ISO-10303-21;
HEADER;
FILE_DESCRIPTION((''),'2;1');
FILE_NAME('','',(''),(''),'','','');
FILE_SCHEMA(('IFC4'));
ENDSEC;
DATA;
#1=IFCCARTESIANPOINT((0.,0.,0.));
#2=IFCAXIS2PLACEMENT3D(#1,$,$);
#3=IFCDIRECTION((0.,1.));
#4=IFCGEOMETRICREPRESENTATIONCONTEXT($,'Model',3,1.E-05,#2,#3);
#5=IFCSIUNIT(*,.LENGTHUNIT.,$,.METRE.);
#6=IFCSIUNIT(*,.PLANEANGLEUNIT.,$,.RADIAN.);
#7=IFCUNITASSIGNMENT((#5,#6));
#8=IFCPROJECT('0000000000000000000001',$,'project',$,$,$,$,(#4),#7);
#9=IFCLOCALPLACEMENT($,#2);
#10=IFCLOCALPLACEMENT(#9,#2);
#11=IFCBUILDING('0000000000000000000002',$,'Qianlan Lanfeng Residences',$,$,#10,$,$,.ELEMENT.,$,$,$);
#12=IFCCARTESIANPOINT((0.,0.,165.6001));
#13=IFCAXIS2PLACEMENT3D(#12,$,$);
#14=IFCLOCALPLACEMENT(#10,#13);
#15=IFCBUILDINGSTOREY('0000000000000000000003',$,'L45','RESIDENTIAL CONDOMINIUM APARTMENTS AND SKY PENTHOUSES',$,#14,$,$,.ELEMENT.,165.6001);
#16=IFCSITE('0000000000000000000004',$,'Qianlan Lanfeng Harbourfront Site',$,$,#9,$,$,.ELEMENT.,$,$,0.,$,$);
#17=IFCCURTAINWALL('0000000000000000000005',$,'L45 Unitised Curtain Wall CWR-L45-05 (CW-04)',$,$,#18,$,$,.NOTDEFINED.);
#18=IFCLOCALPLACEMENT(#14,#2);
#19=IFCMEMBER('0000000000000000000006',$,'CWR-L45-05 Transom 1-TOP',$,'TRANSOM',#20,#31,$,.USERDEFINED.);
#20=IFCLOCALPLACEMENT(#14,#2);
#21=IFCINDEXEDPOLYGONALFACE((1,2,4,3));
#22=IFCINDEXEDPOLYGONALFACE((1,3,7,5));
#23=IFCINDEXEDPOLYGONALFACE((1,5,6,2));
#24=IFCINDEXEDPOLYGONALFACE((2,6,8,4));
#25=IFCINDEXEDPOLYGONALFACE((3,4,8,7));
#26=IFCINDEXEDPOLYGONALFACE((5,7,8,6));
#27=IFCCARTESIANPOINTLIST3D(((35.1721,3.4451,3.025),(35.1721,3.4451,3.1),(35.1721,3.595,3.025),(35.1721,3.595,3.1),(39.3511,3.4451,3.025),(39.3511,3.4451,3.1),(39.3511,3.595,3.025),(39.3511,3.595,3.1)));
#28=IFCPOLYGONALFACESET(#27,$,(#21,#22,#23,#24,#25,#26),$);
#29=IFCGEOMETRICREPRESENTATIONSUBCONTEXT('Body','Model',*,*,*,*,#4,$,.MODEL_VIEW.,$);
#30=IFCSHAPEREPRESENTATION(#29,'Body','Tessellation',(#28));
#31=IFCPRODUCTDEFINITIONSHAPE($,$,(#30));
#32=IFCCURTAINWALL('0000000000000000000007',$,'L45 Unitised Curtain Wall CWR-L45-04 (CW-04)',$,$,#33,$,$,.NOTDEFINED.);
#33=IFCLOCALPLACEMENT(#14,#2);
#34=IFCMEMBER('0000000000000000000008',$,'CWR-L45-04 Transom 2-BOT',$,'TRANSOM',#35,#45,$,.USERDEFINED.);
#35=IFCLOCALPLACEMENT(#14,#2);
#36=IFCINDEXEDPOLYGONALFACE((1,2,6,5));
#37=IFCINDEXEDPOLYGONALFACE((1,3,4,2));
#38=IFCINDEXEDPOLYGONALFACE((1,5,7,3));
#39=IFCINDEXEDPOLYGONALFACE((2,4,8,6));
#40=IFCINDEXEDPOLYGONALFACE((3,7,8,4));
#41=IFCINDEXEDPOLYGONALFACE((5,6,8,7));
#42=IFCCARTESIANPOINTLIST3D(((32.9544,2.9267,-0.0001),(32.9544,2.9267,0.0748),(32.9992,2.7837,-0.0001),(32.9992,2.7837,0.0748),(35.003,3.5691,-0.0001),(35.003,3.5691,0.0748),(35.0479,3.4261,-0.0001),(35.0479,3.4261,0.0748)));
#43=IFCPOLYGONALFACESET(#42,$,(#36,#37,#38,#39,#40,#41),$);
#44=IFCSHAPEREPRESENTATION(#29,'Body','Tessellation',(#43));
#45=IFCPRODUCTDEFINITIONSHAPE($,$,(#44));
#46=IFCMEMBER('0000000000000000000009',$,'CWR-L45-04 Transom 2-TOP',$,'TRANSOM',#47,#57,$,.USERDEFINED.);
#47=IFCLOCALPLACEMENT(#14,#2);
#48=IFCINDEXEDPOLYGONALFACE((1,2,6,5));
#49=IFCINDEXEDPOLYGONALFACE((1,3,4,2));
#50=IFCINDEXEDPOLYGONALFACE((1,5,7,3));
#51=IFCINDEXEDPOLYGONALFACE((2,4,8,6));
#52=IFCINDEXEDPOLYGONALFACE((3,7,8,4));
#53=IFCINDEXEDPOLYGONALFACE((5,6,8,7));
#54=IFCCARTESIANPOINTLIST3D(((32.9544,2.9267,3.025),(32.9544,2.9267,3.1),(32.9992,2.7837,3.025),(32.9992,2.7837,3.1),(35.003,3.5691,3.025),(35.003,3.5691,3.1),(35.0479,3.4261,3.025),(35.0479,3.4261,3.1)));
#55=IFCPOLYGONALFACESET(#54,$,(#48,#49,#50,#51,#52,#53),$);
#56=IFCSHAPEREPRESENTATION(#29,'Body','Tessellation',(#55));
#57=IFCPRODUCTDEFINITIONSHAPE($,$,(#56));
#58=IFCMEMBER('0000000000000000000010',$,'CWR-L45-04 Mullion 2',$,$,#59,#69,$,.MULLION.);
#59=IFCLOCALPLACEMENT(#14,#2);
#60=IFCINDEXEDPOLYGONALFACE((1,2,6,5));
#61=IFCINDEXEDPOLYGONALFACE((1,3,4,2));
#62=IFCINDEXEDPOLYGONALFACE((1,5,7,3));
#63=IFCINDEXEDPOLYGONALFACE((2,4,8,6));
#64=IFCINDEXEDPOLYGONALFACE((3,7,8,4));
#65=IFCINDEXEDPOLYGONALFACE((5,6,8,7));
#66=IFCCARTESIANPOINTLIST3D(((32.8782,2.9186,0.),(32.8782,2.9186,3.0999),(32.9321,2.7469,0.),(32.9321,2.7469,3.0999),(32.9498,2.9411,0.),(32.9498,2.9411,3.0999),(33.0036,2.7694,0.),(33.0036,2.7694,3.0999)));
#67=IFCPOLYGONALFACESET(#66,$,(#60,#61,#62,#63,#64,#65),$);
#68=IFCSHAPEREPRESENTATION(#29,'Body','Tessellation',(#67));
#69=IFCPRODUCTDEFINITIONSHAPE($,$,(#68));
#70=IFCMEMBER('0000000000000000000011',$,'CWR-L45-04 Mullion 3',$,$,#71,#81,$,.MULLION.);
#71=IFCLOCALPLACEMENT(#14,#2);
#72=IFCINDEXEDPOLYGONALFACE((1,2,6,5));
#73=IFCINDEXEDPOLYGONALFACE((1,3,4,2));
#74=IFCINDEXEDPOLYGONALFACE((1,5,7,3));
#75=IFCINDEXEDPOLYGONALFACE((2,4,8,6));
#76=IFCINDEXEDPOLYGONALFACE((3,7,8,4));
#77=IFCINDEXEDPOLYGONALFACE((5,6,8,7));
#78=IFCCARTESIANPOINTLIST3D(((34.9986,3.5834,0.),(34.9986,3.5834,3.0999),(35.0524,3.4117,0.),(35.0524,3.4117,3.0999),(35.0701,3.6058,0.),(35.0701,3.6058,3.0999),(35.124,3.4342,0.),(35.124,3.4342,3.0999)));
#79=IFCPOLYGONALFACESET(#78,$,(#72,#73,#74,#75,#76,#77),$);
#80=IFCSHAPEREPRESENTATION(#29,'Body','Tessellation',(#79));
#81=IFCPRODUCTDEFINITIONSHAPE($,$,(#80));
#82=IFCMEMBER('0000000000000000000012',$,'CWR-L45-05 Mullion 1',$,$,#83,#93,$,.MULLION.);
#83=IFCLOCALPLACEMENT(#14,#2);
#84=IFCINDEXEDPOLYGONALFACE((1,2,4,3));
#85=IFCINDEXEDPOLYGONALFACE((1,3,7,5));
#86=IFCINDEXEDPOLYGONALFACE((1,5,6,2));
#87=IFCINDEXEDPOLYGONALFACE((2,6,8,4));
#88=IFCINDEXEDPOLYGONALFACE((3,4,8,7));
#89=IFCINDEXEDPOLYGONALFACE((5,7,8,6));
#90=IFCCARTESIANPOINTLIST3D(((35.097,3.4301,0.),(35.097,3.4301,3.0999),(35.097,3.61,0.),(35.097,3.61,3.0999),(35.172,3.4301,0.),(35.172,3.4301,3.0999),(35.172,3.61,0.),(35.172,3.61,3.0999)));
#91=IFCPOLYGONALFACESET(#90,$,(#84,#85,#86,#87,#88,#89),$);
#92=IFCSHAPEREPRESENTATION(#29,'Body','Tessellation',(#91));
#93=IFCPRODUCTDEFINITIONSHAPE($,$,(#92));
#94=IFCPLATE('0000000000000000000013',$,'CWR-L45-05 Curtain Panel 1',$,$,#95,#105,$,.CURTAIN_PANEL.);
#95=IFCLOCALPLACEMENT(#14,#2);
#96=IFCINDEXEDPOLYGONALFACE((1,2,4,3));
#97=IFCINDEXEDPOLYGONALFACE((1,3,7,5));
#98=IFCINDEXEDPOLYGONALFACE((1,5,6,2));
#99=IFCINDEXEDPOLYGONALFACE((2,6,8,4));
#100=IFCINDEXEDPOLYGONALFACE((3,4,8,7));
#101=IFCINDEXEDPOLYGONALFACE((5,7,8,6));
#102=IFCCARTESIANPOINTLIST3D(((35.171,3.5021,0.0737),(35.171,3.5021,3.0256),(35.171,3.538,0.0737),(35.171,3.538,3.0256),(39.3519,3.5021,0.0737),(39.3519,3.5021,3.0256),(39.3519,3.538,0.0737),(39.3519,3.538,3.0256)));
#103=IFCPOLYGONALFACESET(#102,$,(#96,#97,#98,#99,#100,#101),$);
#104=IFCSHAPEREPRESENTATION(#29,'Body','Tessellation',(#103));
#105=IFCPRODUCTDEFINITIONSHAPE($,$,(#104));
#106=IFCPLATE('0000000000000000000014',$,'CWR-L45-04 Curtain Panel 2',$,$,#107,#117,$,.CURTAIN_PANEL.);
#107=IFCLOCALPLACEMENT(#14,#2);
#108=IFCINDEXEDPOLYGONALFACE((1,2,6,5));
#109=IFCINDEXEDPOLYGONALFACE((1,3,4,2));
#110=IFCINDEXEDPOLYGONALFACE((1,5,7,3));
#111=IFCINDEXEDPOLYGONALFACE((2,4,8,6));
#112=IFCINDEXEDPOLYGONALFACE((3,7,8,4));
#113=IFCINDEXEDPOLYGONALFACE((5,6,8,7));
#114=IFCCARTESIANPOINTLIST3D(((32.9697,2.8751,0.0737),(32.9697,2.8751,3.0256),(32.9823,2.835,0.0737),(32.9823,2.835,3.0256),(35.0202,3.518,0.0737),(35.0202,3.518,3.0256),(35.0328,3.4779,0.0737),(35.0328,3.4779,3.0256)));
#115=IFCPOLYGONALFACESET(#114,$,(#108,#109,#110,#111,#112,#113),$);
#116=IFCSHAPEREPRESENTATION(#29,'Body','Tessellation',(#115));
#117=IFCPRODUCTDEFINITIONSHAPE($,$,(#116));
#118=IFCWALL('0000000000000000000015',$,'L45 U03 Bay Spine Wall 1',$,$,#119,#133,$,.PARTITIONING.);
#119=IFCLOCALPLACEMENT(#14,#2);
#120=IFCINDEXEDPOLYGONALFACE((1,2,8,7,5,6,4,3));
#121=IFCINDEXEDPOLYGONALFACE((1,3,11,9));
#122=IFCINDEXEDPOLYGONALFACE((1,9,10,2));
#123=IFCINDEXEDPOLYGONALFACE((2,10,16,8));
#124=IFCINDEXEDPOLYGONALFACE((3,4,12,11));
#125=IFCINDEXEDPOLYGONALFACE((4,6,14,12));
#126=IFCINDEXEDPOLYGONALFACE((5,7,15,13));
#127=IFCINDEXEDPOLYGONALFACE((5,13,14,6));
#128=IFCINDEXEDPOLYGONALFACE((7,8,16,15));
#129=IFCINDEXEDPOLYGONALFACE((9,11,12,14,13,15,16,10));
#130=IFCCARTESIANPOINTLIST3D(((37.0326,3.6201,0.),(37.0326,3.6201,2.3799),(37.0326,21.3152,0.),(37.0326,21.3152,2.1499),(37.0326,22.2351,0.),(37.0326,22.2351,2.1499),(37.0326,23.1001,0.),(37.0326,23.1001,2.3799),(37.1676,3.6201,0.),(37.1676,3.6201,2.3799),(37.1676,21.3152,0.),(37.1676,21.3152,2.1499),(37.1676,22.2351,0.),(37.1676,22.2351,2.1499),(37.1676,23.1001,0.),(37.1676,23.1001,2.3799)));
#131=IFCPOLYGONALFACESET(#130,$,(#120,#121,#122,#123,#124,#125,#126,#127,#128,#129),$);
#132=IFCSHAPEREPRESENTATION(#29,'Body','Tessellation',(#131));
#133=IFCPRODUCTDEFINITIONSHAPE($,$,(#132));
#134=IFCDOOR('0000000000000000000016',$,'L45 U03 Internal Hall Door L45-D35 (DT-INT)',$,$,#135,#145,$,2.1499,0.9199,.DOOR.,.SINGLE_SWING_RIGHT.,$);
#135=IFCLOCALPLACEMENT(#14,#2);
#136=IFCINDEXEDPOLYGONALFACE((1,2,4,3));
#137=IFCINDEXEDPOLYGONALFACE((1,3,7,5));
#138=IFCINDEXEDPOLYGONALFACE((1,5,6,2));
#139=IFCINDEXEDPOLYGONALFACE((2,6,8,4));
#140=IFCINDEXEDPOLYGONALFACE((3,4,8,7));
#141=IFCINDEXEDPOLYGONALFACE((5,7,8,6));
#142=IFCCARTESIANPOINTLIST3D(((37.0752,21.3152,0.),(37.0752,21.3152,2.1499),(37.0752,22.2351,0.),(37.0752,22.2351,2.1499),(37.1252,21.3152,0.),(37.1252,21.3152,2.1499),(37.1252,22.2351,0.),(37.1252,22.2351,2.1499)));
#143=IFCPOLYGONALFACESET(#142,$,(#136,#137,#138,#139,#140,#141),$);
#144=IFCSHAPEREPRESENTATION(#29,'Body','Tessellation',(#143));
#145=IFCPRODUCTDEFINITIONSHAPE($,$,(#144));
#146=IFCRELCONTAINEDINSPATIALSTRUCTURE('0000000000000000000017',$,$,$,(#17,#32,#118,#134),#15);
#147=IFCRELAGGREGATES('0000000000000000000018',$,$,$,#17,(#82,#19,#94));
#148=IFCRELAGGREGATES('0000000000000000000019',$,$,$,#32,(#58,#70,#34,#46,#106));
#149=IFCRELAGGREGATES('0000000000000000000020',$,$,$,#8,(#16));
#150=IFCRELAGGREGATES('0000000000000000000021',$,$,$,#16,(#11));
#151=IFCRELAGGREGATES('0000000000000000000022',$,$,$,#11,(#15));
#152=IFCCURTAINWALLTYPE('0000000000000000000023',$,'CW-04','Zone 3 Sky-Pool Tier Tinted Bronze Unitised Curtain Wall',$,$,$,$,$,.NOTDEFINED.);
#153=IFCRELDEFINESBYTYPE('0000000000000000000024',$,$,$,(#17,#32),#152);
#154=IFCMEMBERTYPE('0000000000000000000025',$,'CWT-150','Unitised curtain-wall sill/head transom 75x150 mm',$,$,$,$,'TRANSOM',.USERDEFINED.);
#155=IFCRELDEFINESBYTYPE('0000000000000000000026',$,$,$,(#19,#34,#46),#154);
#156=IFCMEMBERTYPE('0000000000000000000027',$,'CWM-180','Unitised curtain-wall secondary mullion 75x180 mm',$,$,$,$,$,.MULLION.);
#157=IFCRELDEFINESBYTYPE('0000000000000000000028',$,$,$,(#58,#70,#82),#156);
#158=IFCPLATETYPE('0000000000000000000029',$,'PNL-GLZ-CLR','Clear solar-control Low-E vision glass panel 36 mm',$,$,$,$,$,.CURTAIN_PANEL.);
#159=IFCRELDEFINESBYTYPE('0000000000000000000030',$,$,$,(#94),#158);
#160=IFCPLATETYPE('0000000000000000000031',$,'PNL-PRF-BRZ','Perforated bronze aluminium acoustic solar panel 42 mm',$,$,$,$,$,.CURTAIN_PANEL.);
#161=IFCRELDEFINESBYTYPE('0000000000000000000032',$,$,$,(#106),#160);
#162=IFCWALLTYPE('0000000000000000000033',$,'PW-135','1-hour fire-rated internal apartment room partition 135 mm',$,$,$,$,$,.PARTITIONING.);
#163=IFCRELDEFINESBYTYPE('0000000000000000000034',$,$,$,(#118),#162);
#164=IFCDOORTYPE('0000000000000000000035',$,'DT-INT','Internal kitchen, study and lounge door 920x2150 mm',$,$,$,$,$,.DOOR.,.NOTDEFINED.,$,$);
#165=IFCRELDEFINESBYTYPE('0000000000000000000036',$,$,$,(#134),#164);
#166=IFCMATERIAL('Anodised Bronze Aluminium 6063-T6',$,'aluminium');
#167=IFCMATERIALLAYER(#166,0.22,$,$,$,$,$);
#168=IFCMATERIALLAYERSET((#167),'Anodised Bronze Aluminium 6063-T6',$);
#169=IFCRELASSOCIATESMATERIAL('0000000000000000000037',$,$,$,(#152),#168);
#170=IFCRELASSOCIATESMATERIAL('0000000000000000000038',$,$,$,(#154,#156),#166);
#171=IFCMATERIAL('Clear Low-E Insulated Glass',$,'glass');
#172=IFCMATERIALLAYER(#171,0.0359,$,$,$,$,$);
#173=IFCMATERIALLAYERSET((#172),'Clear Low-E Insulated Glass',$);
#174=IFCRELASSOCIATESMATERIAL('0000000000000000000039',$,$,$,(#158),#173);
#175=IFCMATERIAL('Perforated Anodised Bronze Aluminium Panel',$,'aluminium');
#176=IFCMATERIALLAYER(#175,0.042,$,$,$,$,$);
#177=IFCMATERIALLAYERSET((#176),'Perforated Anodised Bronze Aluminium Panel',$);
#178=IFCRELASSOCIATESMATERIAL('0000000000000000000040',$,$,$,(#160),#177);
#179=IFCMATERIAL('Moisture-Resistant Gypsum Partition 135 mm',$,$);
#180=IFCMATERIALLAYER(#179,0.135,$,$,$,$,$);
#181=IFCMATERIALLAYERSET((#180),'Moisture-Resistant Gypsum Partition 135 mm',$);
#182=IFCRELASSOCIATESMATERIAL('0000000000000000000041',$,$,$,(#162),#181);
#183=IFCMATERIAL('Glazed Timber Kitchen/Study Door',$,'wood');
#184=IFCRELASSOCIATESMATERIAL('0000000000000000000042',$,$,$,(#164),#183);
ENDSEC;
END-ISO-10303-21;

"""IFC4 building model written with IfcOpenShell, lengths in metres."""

from ifc_helpers import new_model, si_unit, direction, frame, frame_2d, origin, origin_2d, place, context, subcontext, project, spatial, rectangle, extrude, source, transform, mapped, material, layer, layer_set, material_profile, profile_set, type_object, element, fill, aggregate, save


model = new_model("IFC4")

# Units and contexts
model_context = context("Model", 3, precision=1e-05, world=origin(), true_north=direction((0.0, 1.0)))
body_context = subcontext(model_context, "Body", "Model", "MODEL_VIEW")
ifc_project = project(units=[si_unit("LENGTHUNIT", "METRE"), si_unit("PLANEANGLEUNIT", "RADIAN")], contexts=[model_context])

# Site, building, storey
site_placement = place(None, origin())
site = spatial("IfcSite", under=ifc_project, at=site_placement, Name="Qianlan Lanfeng Harbourfront Site", CompositionType="ELEMENT", RefElevation=0.0)
building_placement = place(site_placement, origin())
building = spatial("IfcBuilding", under=site, at=building_placement, Name="Qianlan Lanfeng Residences", CompositionType="ELEMENT")
storey_placement = place(building_placement, frame((0.0, 0.0, 165.6001)))
storey = spatial("IfcBuildingStorey", under=building, at=storey_placement, Name="L45", Description="RESIDENTIAL CONDOMINIUM APARTMENTS AND SKY PENTHOUSES", CompositionType="ELEMENT", Elevation=165.6001)

# Curtain walls, members
ifc_material_1 = material(Name="Anodised Bronze Aluminium 6063-T6", Category="aluminium")
ifc_layer_1 = layer(ifc_material_1, 0.22)
ifc_layer_set_1 = layer_set([ifc_layer_1], Name="Anodised Bronze Aluminium 6063-T6")
curtain_wall_type = type_object("IfcCurtainWallType", Name="CW-04", Description="Zone 3 Sky-Pool Tier Tinted Bronze Unitised Curtain Wall", PredefinedType="NOTDEFINED", material=ifc_layer_set_1)
curtain_wall_1_placement = place(storey_placement, origin())
curtain_wall_1 = element("IfcCurtainWall", 1, at=curtain_wall_1_placement, inside=storey, type_object=curtain_wall_type, Name="L45 Unitised Curtain Wall CWR-L45-05 (CW-04)", PredefinedType="NOTDEFINED")
ifc_material_profile_1 = material_profile(ifc_material_1, rectangle(XDim=0.075, YDim=0.1499, at=origin_2d()), Name="ALU TRANSOM 75x150")
ifc_profile_set_1 = profile_set([ifc_material_profile_1], Name="Anodised Bronze Aluminium 6063-T6")
member_type_1 = type_object("IfcMemberType", Name="CWT-150", Description="Unitised curtain-wall sill/head transom 75x150 mm", ElementType="TRANSOM", PredefinedType="USERDEFINED", material=ifc_profile_set_1)
shared_shape_1 = source(origin(), body_context, "Body", "SweptSolid", [
    extrude(rectangle(XDim=0.075, YDim=0.1499, at=origin_2d()), origin(), (0.0, 0.0, 1.0), 4.179),
])
member_1_placement = place(storey_placement, frame((35.1721, 3.52, 3.0625), z_axis=(1.0, 0.0, 0.0), x_axis=(0.0, 0.0, 1.0)))
member_1 = element("IfcMember", 2, at=member_1_placement, type_object=member_type_1, Name="CWR-L45-05 Transom 1-TOP", ObjectType="TRANSOM", PredefinedType="USERDEFINED", context=body_context, shape_type="MappedRepresentation", body=[
    mapped(shared_shape_1, transform((0.0, 0.0, 0.0), scale=1.0)),
])
curtain_wall_2_placement = place(storey_placement, origin())
curtain_wall_2 = element("IfcCurtainWall", 3, at=curtain_wall_2_placement, inside=storey, type_object=curtain_wall_type, Name="L45 Unitised Curtain Wall CWR-L45-04 (CW-04)", PredefinedType="NOTDEFINED")
shared_shape_2 = source(origin(), body_context, "Body", "SweptSolid", [
    extrude(rectangle(XDim=0.075, YDim=0.1499, at=origin_2d()), origin(), (0.0, 0.0, 1.0), 2.147),
])
member_2_placement = place(storey_placement, frame((32.9768, 2.8552, 0.0374), z_axis=(0.954194, 0.299188, 0.0), x_axis=(0.0, 0.0, 1.0)))
member_2 = element("IfcMember", 4, at=member_2_placement, type_object=member_type_1, Name="CWR-L45-04 Transom 2-BOT", ObjectType="TRANSOM", PredefinedType="USERDEFINED", context=body_context, shape_type="MappedRepresentation", body=[
    mapped(shared_shape_2, transform((0.0, 0.0, 0.0), scale=1.0)),
])
member_3_placement = place(storey_placement, frame((32.9768, 2.8552, 3.0625), z_axis=(0.954194, 0.299188, 0.0), x_axis=(0.0, 0.0, 1.0)))
member_3 = element("IfcMember", 5, at=member_3_placement, type_object=member_type_1, Name="CWR-L45-04 Transom 2-TOP", ObjectType="TRANSOM", PredefinedType="USERDEFINED", context=body_context, shape_type="MappedRepresentation", body=[
    mapped(shared_shape_2, transform((0.0, 0.0, 0.0), scale=1.0)),
])
ifc_material_profile_2 = material_profile(ifc_material_1, rectangle(XDim=0.075, YDim=0.1799, at=origin_2d()), Name="ALU MULLION 75x180")
ifc_profile_set_2 = profile_set([ifc_material_profile_2], Name="Anodised Bronze Aluminium 6063-T6")
member_type_2 = type_object("IfcMemberType", Name="CWM-180", Description="Unitised curtain-wall secondary mullion 75x180 mm", PredefinedType="MULLION", material=ifc_profile_set_2)
shared_shape_3 = source(origin(), body_context, "Body", "SweptSolid", [
    extrude(rectangle(XDim=0.075, YDim=0.1799, at=origin_2d()), origin(), (0.0, 0.0, 1.0), 3.0999),
])
member_4_placement = place(storey_placement, frame((32.9409, 2.844, 0.0), z_axis=(0.0, 0.0, 1.0), x_axis=(0.954196, 0.299182, 0.0)))
member_4 = element("IfcMember", 6, at=member_4_placement, type_object=member_type_2, Name="CWR-L45-04 Mullion 2", PredefinedType="MULLION", context=body_context, shape_type="MappedRepresentation", body=[
    mapped(shared_shape_3, transform((0.0, 0.0, 0.0), scale=1.0)),
])
member_5_placement = place(storey_placement, frame((35.0613, 3.5088, 0.0), z_axis=(0.0, 0.0, 1.0), x_axis=(0.954196, 0.299182, 0.0)))
member_5 = element("IfcMember", 7, at=member_5_placement, type_object=member_type_2, Name="CWR-L45-04 Mullion 3", PredefinedType="MULLION", context=body_context, shape_type="MappedRepresentation", body=[
    mapped(shared_shape_3, transform((0.0, 0.0, 0.0), scale=1.0)),
])

# Member
member_6_placement = place(storey_placement, frame((35.1345, 3.52, 0.0), z_axis=(0.0, 0.0, 1.0), x_axis=(1.0, 0.0, 0.0)))
member_6 = element("IfcMember", 8, at=member_6_placement, type_object=member_type_2, Name="CWR-L45-05 Mullion 1", PredefinedType="MULLION", context=body_context, shape_type="MappedRepresentation", body=[
    mapped(shared_shape_3, transform((0.0, 0.0, 0.0), scale=1.0)),
])

# Plates
ifc_material_2 = material(Name="Clear Low-E Insulated Glass", Category="glass")
ifc_layer_2 = layer(ifc_material_2, 0.0359)
ifc_layer_set_2 = layer_set([ifc_layer_2], Name="Clear Low-E Insulated Glass")
plate_type_1 = type_object("IfcPlateType", Name="PNL-GLZ-CLR", Description="Clear solar-control Low-E vision glass panel 36 mm", PredefinedType="CURTAIN_PANEL", material=ifc_layer_set_2)
shared_shape_4 = source(origin(), body_context, "Body", "SweptSolid", [
    extrude(rectangle(XDim=4.1809, YDim=0.0359, at=origin_2d()), origin(), (0.0, 0.0, 1.0), 2.9519),
])
plate_1_placement = place(storey_placement, frame((37.2615, 3.52, 0.0737), z_axis=(0.0, 0.0, 1.0), x_axis=(1.0, 0.0, 0.0)))
plate_1 = element("IfcPlate", 9, at=plate_1_placement, type_object=plate_type_1, Name="CWR-L45-05 Curtain Panel 1", PredefinedType="CURTAIN_PANEL", context=body_context, shape_type="MappedRepresentation", body=[
    mapped(shared_shape_4, transform((0.0, 0.0, 0.0), scale=1.0)),
])
aggregate(curtain_wall_1, [member_6, member_1, plate_1])
ifc_material_3 = material(Name="Perforated Anodised Bronze Aluminium Panel", Category="aluminium")
ifc_layer_3 = layer(ifc_material_3, 0.042)
ifc_layer_set_3 = layer_set([ifc_layer_3], Name="Perforated Anodised Bronze Aluminium Panel")
plate_type_2 = type_object("IfcPlateType", Name="PNL-PRF-BRZ", Description="Perforated bronze aluminium acoustic solar panel 42 mm", PredefinedType="CURTAIN_PANEL", material=ifc_layer_set_3)
shared_shape_5 = source(origin(), body_context, "Body", "SweptSolid", [
    extrude(rectangle(XDim=2.1489, YDim=0.042, at=origin_2d()), origin(), (0.0, 0.0, 1.0), 2.9519),
])
plate_2_placement = place(storey_placement, frame((34.0012, 3.1765, 0.0737), z_axis=(0.0, 0.0, 1.0), x_axis=(0.954196, 0.299182, 0.0)))
plate_2 = element("IfcPlate", 10, at=plate_2_placement, type_object=plate_type_2, Name="CWR-L45-04 Curtain Panel 2", PredefinedType="CURTAIN_PANEL", context=body_context, shape_type="MappedRepresentation", body=[
    mapped(shared_shape_5, transform((0.0, 0.0, 0.0), scale=1.0)),
])
aggregate(curtain_wall_2, [member_4, member_5, member_2, member_3, plate_2])

# Wall, opening, door
ifc_material_4 = material(Name="Moisture-Resistant Gypsum Partition 135 mm")
ifc_layer_4 = layer(ifc_material_4, 0.135)
ifc_layer_set_4 = layer_set([ifc_layer_4], Name="Moisture-Resistant Gypsum Partition 135 mm")
wall_type = type_object("IfcWallType", Name="PW-135", Description="1-hour fire-rated internal apartment room partition 135 mm", PredefinedType="PARTITIONING", material=ifc_layer_set_4)
wall_1_placement = place(storey_placement, frame((37.1001, 3.6201, 0.0), z_axis=(0.0, 0.0, 1.0), x_axis=(0.0, 1.0, 0.0)))
wall_1 = element("IfcWall", 11, at=wall_1_placement, inside=storey, type_object=wall_type, Name="L45 U03 Bay Spine Wall 1", PredefinedType="PARTITIONING", context=body_context, shape_type="SweptSolid", body=[
    extrude(rectangle(XDim=19.48, YDim=0.135, at=frame_2d((9.74, 0.0))), origin(), (0.0, 0.0, 1.0), 2.3799),
])
opening_1_placement = place(wall_1_placement, frame((17.6951, 0.0, 0.0)))
opening_1 = element("IfcOpeningElement", 12, at=opening_1_placement, cuts=wall_1, PredefinedType="OPENING", context=body_context, shape_type="SweptSolid", body=[
    extrude(rectangle(XDim=0.9199, YDim=2.1499, at=frame_2d((0.46, 1.075))), frame((0.0, 0.0776, 0.0), z_axis=(0.0, -1.0, 0.0), x_axis=(1.0, 0.0, 0.0)), (0.0, 0.0, 1.0), 0.155),
])
ifc_material_5 = material(Name="Glazed Timber Kitchen/Study Door", Category="wood")
door_type_1 = type_object("IfcDoorType", Name="DT-INT", Description="Internal kitchen, study and lounge door 920x2150 mm", OperationType="NOTDEFINED", PredefinedType="DOOR", material=ifc_material_5)
door_1_placement = place(opening_1_placement, origin())
door_1 = element("IfcDoor", 13, at=door_1_placement, inside=storey, type_object=door_type_1, Name="L45 U03 Internal Hall Door L45-D35 (DT-INT)", OperationType="SINGLE_SWING_RIGHT", OverallHeight=2.1499, OverallWidth=0.9199, PredefinedType="DOOR", context=body_context, shape_type="SweptSolid", body=[
    extrude(rectangle(XDim=0.9199, YDim=2.1499, at=frame_2d((0.46, 1.075))), frame((0.0, 0.0249, 0.0), z_axis=(0.0, -1.0, 0.0), x_axis=(1.0, 0.0, 0.0)), (0.0, 0.0, 1.0), 0.05),
])
fill(opening_1, door_1)

save(model, "model.ifc")
